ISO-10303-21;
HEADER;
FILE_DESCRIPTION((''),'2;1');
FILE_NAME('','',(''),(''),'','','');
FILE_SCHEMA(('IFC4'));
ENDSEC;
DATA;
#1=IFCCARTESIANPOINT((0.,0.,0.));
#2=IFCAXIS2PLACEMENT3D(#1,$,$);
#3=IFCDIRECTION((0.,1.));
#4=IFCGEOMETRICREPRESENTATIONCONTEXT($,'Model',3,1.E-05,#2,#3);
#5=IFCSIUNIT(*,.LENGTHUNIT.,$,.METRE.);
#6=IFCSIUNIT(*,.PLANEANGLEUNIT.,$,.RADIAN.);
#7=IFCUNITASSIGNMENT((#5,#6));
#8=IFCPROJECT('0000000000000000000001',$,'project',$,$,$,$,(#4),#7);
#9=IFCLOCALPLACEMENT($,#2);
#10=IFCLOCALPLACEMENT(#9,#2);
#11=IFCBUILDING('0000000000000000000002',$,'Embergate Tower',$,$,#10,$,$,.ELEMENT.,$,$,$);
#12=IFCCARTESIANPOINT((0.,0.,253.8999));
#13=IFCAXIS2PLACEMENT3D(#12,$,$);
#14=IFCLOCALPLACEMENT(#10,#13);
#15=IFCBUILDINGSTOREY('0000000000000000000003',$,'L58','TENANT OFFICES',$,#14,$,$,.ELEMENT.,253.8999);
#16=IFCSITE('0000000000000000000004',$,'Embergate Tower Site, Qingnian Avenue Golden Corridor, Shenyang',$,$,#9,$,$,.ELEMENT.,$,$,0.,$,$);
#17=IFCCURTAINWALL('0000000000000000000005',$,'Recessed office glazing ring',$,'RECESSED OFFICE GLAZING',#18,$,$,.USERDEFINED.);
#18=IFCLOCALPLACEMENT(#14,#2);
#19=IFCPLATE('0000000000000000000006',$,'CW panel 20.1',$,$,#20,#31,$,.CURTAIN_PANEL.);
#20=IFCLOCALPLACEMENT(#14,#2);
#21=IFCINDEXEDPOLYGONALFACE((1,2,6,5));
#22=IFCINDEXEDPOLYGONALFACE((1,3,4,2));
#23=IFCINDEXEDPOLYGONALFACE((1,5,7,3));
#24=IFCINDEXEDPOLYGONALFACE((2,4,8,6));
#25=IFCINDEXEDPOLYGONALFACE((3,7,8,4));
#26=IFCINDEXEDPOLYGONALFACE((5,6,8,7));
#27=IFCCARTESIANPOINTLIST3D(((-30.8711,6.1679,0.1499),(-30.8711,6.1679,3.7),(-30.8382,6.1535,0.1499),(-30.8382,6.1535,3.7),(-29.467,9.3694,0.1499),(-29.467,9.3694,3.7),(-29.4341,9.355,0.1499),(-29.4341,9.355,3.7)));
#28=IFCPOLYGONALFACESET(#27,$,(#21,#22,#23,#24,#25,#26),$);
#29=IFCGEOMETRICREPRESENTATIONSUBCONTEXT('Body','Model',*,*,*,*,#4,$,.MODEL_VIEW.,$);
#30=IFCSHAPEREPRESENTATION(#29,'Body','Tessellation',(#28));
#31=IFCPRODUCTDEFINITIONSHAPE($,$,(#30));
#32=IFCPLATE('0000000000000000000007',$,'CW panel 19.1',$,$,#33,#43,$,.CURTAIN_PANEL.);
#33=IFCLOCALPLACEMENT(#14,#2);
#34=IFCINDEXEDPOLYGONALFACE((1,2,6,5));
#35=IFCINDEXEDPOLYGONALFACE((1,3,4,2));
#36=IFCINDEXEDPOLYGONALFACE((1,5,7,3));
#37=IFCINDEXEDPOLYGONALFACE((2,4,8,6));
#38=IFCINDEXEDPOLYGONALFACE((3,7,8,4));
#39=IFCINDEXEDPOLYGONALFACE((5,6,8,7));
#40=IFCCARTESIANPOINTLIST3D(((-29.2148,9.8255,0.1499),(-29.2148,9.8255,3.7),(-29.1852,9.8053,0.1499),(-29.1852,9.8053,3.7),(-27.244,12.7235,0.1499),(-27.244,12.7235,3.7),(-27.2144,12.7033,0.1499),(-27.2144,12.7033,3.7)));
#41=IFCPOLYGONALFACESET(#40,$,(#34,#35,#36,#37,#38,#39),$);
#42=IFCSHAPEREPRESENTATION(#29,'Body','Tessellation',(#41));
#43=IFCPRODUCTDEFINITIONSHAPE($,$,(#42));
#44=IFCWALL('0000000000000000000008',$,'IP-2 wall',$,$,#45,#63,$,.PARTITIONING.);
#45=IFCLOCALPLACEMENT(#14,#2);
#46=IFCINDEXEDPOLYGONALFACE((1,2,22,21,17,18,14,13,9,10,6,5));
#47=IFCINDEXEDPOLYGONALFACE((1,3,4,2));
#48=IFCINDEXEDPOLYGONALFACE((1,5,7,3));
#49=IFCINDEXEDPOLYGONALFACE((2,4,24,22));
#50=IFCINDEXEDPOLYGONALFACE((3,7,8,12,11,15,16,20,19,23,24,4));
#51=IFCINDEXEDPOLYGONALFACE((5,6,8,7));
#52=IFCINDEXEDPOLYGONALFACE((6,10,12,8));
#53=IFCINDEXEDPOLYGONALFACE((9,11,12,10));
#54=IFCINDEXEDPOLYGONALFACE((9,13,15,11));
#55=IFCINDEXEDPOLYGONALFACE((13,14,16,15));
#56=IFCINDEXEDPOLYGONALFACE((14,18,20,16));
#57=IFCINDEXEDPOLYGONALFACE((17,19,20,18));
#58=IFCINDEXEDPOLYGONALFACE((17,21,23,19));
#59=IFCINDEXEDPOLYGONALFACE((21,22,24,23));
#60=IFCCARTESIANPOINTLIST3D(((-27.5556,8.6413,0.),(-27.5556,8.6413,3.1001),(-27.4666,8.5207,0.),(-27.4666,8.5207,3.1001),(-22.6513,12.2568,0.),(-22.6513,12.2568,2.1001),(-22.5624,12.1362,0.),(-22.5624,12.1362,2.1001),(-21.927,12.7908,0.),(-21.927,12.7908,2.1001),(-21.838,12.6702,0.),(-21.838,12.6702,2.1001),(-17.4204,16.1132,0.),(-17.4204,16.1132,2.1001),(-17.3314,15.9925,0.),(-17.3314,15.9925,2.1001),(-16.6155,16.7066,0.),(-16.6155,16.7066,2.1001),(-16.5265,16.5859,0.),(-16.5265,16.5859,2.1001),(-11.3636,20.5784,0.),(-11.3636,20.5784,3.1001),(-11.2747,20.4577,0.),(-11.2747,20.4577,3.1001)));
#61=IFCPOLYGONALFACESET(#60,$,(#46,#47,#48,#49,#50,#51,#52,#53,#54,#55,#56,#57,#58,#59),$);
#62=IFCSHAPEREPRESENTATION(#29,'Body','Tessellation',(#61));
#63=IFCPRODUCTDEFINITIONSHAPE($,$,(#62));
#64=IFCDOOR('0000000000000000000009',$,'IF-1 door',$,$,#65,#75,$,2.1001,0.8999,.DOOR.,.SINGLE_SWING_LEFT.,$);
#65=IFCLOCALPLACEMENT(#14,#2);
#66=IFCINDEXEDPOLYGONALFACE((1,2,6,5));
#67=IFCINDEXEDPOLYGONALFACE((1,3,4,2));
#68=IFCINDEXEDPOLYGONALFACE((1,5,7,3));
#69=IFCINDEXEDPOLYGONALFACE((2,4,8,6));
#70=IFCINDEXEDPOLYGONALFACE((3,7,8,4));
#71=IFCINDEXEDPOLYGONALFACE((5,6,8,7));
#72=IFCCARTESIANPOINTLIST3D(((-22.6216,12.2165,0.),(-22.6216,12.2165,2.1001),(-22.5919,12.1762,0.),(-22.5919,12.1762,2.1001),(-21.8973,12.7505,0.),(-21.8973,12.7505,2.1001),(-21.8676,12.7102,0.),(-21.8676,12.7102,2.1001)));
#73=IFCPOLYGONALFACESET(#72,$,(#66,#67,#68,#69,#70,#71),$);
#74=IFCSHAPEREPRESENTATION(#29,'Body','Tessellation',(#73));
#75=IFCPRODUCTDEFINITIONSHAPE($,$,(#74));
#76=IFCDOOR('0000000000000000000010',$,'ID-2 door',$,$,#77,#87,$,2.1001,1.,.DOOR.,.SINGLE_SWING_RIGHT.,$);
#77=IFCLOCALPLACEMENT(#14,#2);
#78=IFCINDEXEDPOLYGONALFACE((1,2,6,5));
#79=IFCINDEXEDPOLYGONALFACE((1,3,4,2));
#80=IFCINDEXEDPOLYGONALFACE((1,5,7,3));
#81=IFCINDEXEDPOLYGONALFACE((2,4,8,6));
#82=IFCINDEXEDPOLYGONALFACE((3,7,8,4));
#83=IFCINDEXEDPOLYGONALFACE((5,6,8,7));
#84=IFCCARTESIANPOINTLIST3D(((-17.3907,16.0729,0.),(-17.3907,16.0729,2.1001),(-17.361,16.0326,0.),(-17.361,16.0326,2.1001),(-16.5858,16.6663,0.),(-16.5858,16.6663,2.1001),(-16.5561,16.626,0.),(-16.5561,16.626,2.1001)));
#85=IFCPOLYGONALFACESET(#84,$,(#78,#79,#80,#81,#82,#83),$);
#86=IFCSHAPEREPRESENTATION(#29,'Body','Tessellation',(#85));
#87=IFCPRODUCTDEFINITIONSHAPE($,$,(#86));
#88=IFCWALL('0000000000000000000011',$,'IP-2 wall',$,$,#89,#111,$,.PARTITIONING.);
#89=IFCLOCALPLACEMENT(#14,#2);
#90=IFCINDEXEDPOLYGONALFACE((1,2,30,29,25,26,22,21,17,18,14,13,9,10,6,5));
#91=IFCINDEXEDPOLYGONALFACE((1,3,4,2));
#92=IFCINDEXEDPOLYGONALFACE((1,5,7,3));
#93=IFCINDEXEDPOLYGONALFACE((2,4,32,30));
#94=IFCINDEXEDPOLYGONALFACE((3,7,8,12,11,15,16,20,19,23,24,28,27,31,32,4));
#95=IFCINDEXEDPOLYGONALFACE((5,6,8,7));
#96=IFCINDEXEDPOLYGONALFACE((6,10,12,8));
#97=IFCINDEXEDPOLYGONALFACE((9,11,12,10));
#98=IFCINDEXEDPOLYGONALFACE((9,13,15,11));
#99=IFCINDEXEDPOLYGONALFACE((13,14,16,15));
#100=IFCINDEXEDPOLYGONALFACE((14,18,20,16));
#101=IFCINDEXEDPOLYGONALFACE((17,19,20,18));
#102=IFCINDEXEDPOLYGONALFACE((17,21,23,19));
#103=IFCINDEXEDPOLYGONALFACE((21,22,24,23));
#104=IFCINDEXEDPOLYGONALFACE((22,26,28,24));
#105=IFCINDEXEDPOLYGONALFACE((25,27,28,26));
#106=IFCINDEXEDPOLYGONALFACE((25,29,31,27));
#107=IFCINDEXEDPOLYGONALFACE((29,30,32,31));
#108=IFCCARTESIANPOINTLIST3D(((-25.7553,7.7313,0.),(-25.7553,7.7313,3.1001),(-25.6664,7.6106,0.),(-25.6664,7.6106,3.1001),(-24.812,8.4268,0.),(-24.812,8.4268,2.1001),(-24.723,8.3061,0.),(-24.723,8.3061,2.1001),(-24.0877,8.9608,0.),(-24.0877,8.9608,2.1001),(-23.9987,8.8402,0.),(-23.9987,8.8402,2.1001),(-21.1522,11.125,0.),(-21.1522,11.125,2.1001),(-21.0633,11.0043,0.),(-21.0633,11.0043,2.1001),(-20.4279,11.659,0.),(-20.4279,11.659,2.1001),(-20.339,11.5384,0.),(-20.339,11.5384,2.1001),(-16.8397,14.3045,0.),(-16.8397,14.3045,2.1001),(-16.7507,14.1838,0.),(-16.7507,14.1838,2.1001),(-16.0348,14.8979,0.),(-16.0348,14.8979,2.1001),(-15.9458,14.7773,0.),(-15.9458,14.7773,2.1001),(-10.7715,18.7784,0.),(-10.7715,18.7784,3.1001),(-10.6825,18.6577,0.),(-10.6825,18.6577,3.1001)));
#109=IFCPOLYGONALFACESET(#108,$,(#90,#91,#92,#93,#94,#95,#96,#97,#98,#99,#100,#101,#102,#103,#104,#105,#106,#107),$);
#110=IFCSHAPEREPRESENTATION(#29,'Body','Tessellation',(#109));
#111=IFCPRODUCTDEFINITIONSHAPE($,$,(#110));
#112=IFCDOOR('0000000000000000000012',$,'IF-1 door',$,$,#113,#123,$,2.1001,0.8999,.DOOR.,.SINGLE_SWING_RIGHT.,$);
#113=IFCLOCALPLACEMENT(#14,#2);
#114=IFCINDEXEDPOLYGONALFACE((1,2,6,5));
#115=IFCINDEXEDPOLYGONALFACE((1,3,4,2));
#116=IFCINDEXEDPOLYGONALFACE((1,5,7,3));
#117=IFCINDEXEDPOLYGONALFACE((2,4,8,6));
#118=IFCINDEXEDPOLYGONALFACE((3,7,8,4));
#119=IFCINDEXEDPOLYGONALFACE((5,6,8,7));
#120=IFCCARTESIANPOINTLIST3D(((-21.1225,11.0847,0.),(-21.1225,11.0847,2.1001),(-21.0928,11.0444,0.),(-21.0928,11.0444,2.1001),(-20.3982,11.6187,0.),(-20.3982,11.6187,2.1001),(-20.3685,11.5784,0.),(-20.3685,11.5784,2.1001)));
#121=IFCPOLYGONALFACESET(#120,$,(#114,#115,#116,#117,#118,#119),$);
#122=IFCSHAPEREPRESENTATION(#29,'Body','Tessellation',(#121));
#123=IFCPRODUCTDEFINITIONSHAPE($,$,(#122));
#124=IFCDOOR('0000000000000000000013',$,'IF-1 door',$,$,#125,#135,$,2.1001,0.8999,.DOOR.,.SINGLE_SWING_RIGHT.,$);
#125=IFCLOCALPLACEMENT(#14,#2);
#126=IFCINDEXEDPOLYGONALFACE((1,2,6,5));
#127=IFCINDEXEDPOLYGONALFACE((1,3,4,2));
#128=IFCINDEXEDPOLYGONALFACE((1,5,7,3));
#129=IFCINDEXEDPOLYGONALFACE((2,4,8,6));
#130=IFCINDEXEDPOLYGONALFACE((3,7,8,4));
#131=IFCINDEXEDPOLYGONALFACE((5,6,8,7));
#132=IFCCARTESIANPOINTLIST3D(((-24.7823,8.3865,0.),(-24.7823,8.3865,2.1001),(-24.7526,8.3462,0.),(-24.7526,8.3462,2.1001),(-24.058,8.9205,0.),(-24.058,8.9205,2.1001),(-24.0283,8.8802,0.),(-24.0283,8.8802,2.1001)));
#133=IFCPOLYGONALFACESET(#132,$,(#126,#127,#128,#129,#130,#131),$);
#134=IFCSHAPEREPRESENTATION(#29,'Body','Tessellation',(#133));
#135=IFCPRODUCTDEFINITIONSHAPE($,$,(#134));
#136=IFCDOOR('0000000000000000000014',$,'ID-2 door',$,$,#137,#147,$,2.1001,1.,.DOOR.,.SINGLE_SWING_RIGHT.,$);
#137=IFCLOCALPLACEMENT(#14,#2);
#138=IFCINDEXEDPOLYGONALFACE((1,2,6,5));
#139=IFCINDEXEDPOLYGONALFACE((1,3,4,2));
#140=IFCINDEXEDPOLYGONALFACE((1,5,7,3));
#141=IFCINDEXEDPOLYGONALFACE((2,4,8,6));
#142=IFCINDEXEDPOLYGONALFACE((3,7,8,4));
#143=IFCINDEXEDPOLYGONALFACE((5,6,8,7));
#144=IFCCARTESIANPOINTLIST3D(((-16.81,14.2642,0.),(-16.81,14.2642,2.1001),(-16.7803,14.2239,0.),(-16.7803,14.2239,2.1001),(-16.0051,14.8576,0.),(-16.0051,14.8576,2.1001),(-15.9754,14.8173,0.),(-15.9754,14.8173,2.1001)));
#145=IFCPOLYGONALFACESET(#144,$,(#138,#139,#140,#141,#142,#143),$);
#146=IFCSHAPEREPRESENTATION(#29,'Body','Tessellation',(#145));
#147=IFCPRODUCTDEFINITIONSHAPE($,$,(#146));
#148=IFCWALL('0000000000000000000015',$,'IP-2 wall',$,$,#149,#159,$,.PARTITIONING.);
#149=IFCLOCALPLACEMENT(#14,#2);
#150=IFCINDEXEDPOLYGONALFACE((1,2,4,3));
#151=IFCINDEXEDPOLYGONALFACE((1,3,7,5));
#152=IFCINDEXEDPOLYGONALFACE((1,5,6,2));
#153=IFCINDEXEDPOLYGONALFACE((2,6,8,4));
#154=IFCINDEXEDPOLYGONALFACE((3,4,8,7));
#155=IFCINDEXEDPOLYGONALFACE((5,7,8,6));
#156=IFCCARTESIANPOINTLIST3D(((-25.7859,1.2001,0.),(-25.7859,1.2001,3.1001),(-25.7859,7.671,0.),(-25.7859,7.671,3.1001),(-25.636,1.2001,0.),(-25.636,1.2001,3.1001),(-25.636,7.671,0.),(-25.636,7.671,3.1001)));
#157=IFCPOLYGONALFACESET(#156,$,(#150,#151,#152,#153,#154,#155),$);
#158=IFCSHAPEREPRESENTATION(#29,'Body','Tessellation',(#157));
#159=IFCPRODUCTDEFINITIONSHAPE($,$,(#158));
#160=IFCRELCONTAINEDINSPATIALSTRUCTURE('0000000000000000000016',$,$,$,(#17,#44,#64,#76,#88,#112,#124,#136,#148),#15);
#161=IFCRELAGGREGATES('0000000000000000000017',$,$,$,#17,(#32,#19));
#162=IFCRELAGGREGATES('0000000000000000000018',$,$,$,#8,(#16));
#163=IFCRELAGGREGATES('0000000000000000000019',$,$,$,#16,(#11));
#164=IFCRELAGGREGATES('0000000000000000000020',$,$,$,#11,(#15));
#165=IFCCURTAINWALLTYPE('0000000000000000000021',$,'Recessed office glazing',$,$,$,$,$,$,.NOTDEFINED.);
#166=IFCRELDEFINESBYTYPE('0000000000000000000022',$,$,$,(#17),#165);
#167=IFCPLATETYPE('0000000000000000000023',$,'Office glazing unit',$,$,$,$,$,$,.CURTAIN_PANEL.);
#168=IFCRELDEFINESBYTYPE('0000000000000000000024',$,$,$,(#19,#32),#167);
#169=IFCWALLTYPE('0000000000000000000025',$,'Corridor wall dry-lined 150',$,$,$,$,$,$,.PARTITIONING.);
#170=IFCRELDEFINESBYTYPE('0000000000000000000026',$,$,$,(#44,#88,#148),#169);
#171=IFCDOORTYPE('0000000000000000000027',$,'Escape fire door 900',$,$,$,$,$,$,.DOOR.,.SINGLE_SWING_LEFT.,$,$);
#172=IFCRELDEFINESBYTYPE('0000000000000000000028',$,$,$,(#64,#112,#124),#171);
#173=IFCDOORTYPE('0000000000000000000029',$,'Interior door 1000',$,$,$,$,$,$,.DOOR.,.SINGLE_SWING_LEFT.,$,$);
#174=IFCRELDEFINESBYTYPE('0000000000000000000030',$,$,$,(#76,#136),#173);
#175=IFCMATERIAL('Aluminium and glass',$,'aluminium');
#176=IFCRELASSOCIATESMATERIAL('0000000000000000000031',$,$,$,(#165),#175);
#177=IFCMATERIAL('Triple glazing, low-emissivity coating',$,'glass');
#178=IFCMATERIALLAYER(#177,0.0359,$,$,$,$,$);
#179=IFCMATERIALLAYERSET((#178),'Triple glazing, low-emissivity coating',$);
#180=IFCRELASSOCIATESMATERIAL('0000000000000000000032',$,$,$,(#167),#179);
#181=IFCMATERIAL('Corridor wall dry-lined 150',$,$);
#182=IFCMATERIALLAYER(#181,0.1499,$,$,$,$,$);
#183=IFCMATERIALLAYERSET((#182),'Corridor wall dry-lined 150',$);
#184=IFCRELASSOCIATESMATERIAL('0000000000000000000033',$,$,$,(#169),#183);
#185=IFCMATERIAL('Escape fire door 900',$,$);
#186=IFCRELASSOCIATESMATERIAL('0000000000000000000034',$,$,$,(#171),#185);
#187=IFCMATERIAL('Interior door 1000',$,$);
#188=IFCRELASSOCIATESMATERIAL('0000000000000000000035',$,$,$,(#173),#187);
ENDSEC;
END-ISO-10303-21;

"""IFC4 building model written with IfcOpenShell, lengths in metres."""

from ifc_helpers import new_model, si_unit, direction, frame, frame_2d, origin, origin_2d, place, context, subcontext, project, spatial, rectangle, extrude, source, transform, mapped, material, layer, layer_set, type_object, element, fill, aggregate, save


model = new_model("IFC4")

# Units and contexts
model_context = context("Model", 3, precision=1e-05, world=origin(), true_north=direction((0.0, 1.0)))
body_context = subcontext(model_context, "Body", "Model", "MODEL_VIEW")
ifc_project = project(units=[si_unit("LENGTHUNIT", "METRE"), si_unit("PLANEANGLEUNIT", "RADIAN")], contexts=[model_context])

# Site, building, storey
site_placement = place(None, origin())
site = spatial("IfcSite", under=ifc_project, at=site_placement, Name="Embergate Tower Site, Qingnian Avenue Golden Corridor, Shenyang", CompositionType="ELEMENT", RefElevation=0.0)
building_placement = place(site_placement, origin())
building = spatial("IfcBuilding", under=site, at=building_placement, Name="Embergate Tower", CompositionType="ELEMENT")
storey_placement = place(building_placement, frame((0.0, 0.0, 253.8999)))
storey = spatial("IfcBuildingStorey", under=building, at=storey_placement, Name="L58", Description="TENANT OFFICES", CompositionType="ELEMENT", Elevation=253.8999)

# Curtain wall, plates
ifc_material_1 = material(Name="Aluminium and glass", Category="aluminium")
curtain_wall_type = type_object("IfcCurtainWallType", Name="Recessed office glazing", PredefinedType="NOTDEFINED", material=ifc_material_1)
curtain_wall_placement = place(storey_placement, origin())
curtain_wall = element("IfcCurtainWall", 1, at=curtain_wall_placement, inside=storey, type_object=curtain_wall_type, Name="Recessed office glazing ring", ObjectType="RECESSED OFFICE GLAZING", PredefinedType="USERDEFINED")
ifc_material_2 = material(Name="Triple glazing, low-emissivity coating", Category="glass")
ifc_layer_1 = layer(ifc_material_2, 0.0359)
ifc_layer_set_1 = layer_set([ifc_layer_1], Name="Triple glazing, low-emissivity coating")
plate_type = type_object("IfcPlateType", Name="Office glazing unit", PredefinedType="CURTAIN_PANEL", material=ifc_layer_set_1)
shared_shape_1 = source(origin(), body_context, "Body", "SweptSolid", [
    extrude(rectangle(XDim=3.4958, YDim=0.0359, at=origin_2d()), origin(), (0.0, 0.0, 1.0), 3.55),
])
plate_1_placement = place(storey_placement, frame((-30.1526, 7.7615, 0.1499), z_axis=(0.0, 0.0, 1.0), x_axis=(-0.401657, -0.91579, 0.0)))
plate_1 = element("IfcPlate", 2, at=plate_1_placement, type_object=plate_type, Name="CW panel 20.1", PredefinedType="CURTAIN_PANEL", context=body_context, shape_type="MappedRepresentation", body=[
    mapped(shared_shape_1, transform((0.0, 0.0, 0.0))),
])
shared_shape_2 = source(origin(), body_context, "Body", "SweptSolid", [
    extrude(rectangle(XDim=3.5046, YDim=0.0359, at=origin_2d()), origin(), (0.0, 0.0, 1.0), 3.55),
])
plate_2_placement = place(storey_placement, frame((-28.2146, 11.2644, 0.1499), z_axis=(0.0, 0.0, 1.0), x_axis=(-0.562346, -0.826902, 0.0)))
plate_2 = element("IfcPlate", 3, at=plate_2_placement, type_object=plate_type, Name="CW panel 19.1", PredefinedType="CURTAIN_PANEL", context=body_context, shape_type="MappedRepresentation", body=[
    mapped(shared_shape_2, transform((0.0, 0.0, 0.0))),
])
aggregate(curtain_wall, [plate_2, plate_1])

# Walls, openings, doors
ifc_material_3 = material(Name="Corridor wall dry-lined 150")
ifc_layer_2 = layer(ifc_material_3, 0.1499)
ifc_layer_set_2 = layer_set([ifc_layer_2], Name="Corridor wall dry-lined 150")
wall_type_1 = type_object("IfcWallType", Name="Corridor wall dry-lined 150", PredefinedType="PARTITIONING", material=ifc_layer_set_2)
shared_shape_3 = source(origin(), body_context, "Body", "SweptSolid", [
    extrude(rectangle(XDim=20.1165, YDim=0.1499, at=frame_2d((10.0581, 0.0))), origin(), (0.0, 0.0, 1.0), 3.1001),
])
wall_1_placement = place(storey_placement, frame((-27.511, 8.5811, 0.0), z_axis=(0.0, 0.0, 1.0), x_axis=(0.80491, 0.593397, 0.0)))
wall_1 = element("IfcWall", 4, at=wall_1_placement, inside=storey, type_object=wall_type_1, Name="IP-2 wall", PredefinedType="PARTITIONING", context=body_context, shape_type="MappedRepresentation", body=[
    mapped(shared_shape_3, transform((0.0, 0.0, 0.0))),
])
shared_shape_4 = source(origin(), body_context, "Body", "SweptSolid", [
    extrude(rectangle(XDim=1.0, YDim=2.1001, at=frame_2d((0.5, 1.05))), frame((0.0, 0.085, 0.0), z_axis=(0.0, -1.0, 0.0), x_axis=(1.0, 0.0, 0.0)), (0.0, 0.0, 1.0), 0.1699),
])
opening_1_placement = place(wall_1_placement, frame((12.5916, 0.0, 0.0)))
opening_1 = element("IfcOpeningElement", 5, at=opening_1_placement, cuts=wall_1, PredefinedType="OPENING", context=body_context, shape_type="MappedRepresentation", body=[
    mapped(shared_shape_4, transform((0.0, 0.0, 0.0))),
])
shared_shape_5 = source(origin(), body_context, "Body", "SweptSolid", [
    extrude(rectangle(XDim=0.8999, YDim=2.1001, at=frame_2d((0.45, 1.05))), frame((0.0, 0.085, 0.0), z_axis=(0.0, -1.0, 0.0), x_axis=(1.0, 0.0, 0.0)), (0.0, 0.0, 1.0), 0.1699),
])
opening_2_placement = place(wall_1_placement, frame((6.0928, 0.0, 0.0)))
opening_2 = element("IfcOpeningElement", 6, at=opening_2_placement, cuts=wall_1, PredefinedType="OPENING", context=body_context, shape_type="MappedRepresentation", body=[
    mapped(shared_shape_5, transform((0.0, 0.0, 0.0))),
])
ifc_material_4 = material(Name="Escape fire door 900")
door_type_1 = type_object("IfcDoorType", Name="Escape fire door 900", OperationType="SINGLE_SWING_LEFT", PredefinedType="DOOR", material=ifc_material_4)
shared_shape_6 = source(origin(), body_context, "Body", "SweptSolid", [
    extrude(rectangle(XDim=0.8999, YDim=2.1001, at=frame_2d((0.45, 1.05))), frame((0.0, 0.0249, 0.0), z_axis=(0.0, -1.0, 0.0), x_axis=(1.0, 0.0, 0.0)), (0.0, 0.0, 1.0), 0.05),
])
door_1_placement = place(opening_2_placement, origin())
door_1 = element("IfcDoor", 7, at=door_1_placement, inside=storey, type_object=door_type_1, Name="IF-1 door", OperationType="SINGLE_SWING_LEFT", OverallHeight=2.1001, OverallWidth=0.8999, PredefinedType="DOOR", context=body_context, shape_type="MappedRepresentation", body=[
    mapped(shared_shape_6, transform((0.0, 0.0, 0.0))),
])
fill(opening_2, door_1)
ifc_material_5 = material(Name="Interior door 1000")
door_type_2 = type_object("IfcDoorType", Name="Interior door 1000", OperationType="SINGLE_SWING_LEFT", PredefinedType="DOOR", material=ifc_material_5)
shared_shape_7 = source(origin(), body_context, "Body", "SweptSolid", [
    extrude(rectangle(XDim=1.0, YDim=2.1001, at=frame_2d((0.5, 1.05))), frame((0.0, 0.0249, 0.0), z_axis=(0.0, -1.0, 0.0), x_axis=(1.0, 0.0, 0.0)), (0.0, 0.0, 1.0), 0.05),
])
door_2_placement = place(opening_1_placement, origin())
door_2 = element("IfcDoor", 8, at=door_2_placement, inside=storey, type_object=door_type_2, Name="ID-2 door", OperationType="SINGLE_SWING_RIGHT", OverallHeight=2.1001, OverallWidth=1.0, PredefinedType="DOOR", context=body_context, shape_type="MappedRepresentation", body=[
    mapped(shared_shape_7, transform((0.0, 0.0, 0.0))),
])
fill(opening_1, door_2)
shared_shape_8 = source(origin(), body_context, "Body", "SweptSolid", [
    extrude(rectangle(XDim=18.616, YDim=0.1499, at=frame_2d((9.3081, 0.0))), origin(), (0.0, 0.0, 1.0), 3.1001),
])
wall_2_placement = place(storey_placement, frame((-25.7109, 7.6709, 0.0), z_axis=(0.0, 0.0, 1.0), x_axis=(0.804893, 0.59342, 0.0)))
wall_2 = element("IfcWall", 9, at=wall_2_placement, inside=storey, type_object=wall_type_1, Name="IP-2 wall", PredefinedType="PARTITIONING", context=body_context, shape_type="MappedRepresentation", body=[
    mapped(shared_shape_8, transform((0.0, 0.0, 0.0))),
])
opening_3_placement = place(wall_2_placement, frame((11.0769, 0.0, 0.0)))
opening_3 = element("IfcOpeningElement", 10, at=opening_3_placement, cuts=wall_2, PredefinedType="OPENING", context=body_context, shape_type="MappedRepresentation", body=[
    mapped(shared_shape_4, transform((0.0, 0.0, 0.0))),
])
opening_4_placement = place(wall_2_placement, frame((5.719, 0.0, 0.0)))
opening_4 = element("IfcOpeningElement", 11, at=opening_4_placement, cuts=wall_2, PredefinedType="OPENING", context=body_context, shape_type="MappedRepresentation", body=[
    mapped(shared_shape_5, transform((0.0, 0.0, 0.0))),
])
opening_5_placement = place(wall_2_placement, frame((1.1721, 0.0, 0.0)))
opening_5 = element("IfcOpeningElement", 12, at=opening_5_placement, cuts=wall_2, PredefinedType="OPENING", context=body_context, shape_type="MappedRepresentation", body=[
    mapped(shared_shape_5, transform((0.0, 0.0, 0.0))),
])
door_3_placement = place(opening_4_placement, origin())
door_3 = element("IfcDoor", 13, at=door_3_placement, inside=storey, type_object=door_type_1, Name="IF-1 door", OperationType="SINGLE_SWING_RIGHT", OverallHeight=2.1001, OverallWidth=0.8999, PredefinedType="DOOR", context=body_context, shape_type="MappedRepresentation", body=[
    mapped(shared_shape_6, transform((0.0, 0.0, 0.0))),
])
fill(opening_4, door_3)
door_4_placement = place(opening_5_placement, origin())
door_4 = element("IfcDoor", 14, at=door_4_placement, inside=storey, type_object=door_type_1, Name="IF-1 door", OperationType="SINGLE_SWING_RIGHT", OverallHeight=2.1001, OverallWidth=0.8999, PredefinedType="DOOR", context=body_context, shape_type="MappedRepresentation", body=[
    mapped(shared_shape_6, transform((0.0, 0.0, 0.0))),
])
fill(opening_5, door_4)
door_5_placement = place(opening_3_placement, origin())
door_5 = element("IfcDoor", 15, at=door_5_placement, inside=storey, type_object=door_type_2, Name="ID-2 door", OperationType="SINGLE_SWING_RIGHT", OverallHeight=2.1001, OverallWidth=1.0, PredefinedType="DOOR", context=body_context, shape_type="MappedRepresentation", body=[
    mapped(shared_shape_7, transform((0.0, 0.0, 0.0))),
])
fill(opening_3, door_5)

# Wall
shared_shape_9 = source(origin(), body_context, "Body", "SweptSolid", [
    extrude(rectangle(XDim=6.4709, YDim=0.1499, at=frame_2d((3.2354, 0.0))), origin(), (0.0, 0.0, 1.0), 3.1001),
])
wall_3_placement = place(storey_placement, frame((-25.7109, 7.6709, 0.0), z_axis=(0.0, 0.0, 1.0), x_axis=(0.0, -1.0, 0.0)))
element("IfcWall", 16, at=wall_3_placement, inside=storey, type_object=wall_type_1, Name="IP-2 wall", PredefinedType="PARTITIONING", context=body_context, shape_type="MappedRepresentation", body=[
    mapped(shared_shape_9, transform((0.0, 0.0, 0.0))),
])

save(model, "model.ifc")
